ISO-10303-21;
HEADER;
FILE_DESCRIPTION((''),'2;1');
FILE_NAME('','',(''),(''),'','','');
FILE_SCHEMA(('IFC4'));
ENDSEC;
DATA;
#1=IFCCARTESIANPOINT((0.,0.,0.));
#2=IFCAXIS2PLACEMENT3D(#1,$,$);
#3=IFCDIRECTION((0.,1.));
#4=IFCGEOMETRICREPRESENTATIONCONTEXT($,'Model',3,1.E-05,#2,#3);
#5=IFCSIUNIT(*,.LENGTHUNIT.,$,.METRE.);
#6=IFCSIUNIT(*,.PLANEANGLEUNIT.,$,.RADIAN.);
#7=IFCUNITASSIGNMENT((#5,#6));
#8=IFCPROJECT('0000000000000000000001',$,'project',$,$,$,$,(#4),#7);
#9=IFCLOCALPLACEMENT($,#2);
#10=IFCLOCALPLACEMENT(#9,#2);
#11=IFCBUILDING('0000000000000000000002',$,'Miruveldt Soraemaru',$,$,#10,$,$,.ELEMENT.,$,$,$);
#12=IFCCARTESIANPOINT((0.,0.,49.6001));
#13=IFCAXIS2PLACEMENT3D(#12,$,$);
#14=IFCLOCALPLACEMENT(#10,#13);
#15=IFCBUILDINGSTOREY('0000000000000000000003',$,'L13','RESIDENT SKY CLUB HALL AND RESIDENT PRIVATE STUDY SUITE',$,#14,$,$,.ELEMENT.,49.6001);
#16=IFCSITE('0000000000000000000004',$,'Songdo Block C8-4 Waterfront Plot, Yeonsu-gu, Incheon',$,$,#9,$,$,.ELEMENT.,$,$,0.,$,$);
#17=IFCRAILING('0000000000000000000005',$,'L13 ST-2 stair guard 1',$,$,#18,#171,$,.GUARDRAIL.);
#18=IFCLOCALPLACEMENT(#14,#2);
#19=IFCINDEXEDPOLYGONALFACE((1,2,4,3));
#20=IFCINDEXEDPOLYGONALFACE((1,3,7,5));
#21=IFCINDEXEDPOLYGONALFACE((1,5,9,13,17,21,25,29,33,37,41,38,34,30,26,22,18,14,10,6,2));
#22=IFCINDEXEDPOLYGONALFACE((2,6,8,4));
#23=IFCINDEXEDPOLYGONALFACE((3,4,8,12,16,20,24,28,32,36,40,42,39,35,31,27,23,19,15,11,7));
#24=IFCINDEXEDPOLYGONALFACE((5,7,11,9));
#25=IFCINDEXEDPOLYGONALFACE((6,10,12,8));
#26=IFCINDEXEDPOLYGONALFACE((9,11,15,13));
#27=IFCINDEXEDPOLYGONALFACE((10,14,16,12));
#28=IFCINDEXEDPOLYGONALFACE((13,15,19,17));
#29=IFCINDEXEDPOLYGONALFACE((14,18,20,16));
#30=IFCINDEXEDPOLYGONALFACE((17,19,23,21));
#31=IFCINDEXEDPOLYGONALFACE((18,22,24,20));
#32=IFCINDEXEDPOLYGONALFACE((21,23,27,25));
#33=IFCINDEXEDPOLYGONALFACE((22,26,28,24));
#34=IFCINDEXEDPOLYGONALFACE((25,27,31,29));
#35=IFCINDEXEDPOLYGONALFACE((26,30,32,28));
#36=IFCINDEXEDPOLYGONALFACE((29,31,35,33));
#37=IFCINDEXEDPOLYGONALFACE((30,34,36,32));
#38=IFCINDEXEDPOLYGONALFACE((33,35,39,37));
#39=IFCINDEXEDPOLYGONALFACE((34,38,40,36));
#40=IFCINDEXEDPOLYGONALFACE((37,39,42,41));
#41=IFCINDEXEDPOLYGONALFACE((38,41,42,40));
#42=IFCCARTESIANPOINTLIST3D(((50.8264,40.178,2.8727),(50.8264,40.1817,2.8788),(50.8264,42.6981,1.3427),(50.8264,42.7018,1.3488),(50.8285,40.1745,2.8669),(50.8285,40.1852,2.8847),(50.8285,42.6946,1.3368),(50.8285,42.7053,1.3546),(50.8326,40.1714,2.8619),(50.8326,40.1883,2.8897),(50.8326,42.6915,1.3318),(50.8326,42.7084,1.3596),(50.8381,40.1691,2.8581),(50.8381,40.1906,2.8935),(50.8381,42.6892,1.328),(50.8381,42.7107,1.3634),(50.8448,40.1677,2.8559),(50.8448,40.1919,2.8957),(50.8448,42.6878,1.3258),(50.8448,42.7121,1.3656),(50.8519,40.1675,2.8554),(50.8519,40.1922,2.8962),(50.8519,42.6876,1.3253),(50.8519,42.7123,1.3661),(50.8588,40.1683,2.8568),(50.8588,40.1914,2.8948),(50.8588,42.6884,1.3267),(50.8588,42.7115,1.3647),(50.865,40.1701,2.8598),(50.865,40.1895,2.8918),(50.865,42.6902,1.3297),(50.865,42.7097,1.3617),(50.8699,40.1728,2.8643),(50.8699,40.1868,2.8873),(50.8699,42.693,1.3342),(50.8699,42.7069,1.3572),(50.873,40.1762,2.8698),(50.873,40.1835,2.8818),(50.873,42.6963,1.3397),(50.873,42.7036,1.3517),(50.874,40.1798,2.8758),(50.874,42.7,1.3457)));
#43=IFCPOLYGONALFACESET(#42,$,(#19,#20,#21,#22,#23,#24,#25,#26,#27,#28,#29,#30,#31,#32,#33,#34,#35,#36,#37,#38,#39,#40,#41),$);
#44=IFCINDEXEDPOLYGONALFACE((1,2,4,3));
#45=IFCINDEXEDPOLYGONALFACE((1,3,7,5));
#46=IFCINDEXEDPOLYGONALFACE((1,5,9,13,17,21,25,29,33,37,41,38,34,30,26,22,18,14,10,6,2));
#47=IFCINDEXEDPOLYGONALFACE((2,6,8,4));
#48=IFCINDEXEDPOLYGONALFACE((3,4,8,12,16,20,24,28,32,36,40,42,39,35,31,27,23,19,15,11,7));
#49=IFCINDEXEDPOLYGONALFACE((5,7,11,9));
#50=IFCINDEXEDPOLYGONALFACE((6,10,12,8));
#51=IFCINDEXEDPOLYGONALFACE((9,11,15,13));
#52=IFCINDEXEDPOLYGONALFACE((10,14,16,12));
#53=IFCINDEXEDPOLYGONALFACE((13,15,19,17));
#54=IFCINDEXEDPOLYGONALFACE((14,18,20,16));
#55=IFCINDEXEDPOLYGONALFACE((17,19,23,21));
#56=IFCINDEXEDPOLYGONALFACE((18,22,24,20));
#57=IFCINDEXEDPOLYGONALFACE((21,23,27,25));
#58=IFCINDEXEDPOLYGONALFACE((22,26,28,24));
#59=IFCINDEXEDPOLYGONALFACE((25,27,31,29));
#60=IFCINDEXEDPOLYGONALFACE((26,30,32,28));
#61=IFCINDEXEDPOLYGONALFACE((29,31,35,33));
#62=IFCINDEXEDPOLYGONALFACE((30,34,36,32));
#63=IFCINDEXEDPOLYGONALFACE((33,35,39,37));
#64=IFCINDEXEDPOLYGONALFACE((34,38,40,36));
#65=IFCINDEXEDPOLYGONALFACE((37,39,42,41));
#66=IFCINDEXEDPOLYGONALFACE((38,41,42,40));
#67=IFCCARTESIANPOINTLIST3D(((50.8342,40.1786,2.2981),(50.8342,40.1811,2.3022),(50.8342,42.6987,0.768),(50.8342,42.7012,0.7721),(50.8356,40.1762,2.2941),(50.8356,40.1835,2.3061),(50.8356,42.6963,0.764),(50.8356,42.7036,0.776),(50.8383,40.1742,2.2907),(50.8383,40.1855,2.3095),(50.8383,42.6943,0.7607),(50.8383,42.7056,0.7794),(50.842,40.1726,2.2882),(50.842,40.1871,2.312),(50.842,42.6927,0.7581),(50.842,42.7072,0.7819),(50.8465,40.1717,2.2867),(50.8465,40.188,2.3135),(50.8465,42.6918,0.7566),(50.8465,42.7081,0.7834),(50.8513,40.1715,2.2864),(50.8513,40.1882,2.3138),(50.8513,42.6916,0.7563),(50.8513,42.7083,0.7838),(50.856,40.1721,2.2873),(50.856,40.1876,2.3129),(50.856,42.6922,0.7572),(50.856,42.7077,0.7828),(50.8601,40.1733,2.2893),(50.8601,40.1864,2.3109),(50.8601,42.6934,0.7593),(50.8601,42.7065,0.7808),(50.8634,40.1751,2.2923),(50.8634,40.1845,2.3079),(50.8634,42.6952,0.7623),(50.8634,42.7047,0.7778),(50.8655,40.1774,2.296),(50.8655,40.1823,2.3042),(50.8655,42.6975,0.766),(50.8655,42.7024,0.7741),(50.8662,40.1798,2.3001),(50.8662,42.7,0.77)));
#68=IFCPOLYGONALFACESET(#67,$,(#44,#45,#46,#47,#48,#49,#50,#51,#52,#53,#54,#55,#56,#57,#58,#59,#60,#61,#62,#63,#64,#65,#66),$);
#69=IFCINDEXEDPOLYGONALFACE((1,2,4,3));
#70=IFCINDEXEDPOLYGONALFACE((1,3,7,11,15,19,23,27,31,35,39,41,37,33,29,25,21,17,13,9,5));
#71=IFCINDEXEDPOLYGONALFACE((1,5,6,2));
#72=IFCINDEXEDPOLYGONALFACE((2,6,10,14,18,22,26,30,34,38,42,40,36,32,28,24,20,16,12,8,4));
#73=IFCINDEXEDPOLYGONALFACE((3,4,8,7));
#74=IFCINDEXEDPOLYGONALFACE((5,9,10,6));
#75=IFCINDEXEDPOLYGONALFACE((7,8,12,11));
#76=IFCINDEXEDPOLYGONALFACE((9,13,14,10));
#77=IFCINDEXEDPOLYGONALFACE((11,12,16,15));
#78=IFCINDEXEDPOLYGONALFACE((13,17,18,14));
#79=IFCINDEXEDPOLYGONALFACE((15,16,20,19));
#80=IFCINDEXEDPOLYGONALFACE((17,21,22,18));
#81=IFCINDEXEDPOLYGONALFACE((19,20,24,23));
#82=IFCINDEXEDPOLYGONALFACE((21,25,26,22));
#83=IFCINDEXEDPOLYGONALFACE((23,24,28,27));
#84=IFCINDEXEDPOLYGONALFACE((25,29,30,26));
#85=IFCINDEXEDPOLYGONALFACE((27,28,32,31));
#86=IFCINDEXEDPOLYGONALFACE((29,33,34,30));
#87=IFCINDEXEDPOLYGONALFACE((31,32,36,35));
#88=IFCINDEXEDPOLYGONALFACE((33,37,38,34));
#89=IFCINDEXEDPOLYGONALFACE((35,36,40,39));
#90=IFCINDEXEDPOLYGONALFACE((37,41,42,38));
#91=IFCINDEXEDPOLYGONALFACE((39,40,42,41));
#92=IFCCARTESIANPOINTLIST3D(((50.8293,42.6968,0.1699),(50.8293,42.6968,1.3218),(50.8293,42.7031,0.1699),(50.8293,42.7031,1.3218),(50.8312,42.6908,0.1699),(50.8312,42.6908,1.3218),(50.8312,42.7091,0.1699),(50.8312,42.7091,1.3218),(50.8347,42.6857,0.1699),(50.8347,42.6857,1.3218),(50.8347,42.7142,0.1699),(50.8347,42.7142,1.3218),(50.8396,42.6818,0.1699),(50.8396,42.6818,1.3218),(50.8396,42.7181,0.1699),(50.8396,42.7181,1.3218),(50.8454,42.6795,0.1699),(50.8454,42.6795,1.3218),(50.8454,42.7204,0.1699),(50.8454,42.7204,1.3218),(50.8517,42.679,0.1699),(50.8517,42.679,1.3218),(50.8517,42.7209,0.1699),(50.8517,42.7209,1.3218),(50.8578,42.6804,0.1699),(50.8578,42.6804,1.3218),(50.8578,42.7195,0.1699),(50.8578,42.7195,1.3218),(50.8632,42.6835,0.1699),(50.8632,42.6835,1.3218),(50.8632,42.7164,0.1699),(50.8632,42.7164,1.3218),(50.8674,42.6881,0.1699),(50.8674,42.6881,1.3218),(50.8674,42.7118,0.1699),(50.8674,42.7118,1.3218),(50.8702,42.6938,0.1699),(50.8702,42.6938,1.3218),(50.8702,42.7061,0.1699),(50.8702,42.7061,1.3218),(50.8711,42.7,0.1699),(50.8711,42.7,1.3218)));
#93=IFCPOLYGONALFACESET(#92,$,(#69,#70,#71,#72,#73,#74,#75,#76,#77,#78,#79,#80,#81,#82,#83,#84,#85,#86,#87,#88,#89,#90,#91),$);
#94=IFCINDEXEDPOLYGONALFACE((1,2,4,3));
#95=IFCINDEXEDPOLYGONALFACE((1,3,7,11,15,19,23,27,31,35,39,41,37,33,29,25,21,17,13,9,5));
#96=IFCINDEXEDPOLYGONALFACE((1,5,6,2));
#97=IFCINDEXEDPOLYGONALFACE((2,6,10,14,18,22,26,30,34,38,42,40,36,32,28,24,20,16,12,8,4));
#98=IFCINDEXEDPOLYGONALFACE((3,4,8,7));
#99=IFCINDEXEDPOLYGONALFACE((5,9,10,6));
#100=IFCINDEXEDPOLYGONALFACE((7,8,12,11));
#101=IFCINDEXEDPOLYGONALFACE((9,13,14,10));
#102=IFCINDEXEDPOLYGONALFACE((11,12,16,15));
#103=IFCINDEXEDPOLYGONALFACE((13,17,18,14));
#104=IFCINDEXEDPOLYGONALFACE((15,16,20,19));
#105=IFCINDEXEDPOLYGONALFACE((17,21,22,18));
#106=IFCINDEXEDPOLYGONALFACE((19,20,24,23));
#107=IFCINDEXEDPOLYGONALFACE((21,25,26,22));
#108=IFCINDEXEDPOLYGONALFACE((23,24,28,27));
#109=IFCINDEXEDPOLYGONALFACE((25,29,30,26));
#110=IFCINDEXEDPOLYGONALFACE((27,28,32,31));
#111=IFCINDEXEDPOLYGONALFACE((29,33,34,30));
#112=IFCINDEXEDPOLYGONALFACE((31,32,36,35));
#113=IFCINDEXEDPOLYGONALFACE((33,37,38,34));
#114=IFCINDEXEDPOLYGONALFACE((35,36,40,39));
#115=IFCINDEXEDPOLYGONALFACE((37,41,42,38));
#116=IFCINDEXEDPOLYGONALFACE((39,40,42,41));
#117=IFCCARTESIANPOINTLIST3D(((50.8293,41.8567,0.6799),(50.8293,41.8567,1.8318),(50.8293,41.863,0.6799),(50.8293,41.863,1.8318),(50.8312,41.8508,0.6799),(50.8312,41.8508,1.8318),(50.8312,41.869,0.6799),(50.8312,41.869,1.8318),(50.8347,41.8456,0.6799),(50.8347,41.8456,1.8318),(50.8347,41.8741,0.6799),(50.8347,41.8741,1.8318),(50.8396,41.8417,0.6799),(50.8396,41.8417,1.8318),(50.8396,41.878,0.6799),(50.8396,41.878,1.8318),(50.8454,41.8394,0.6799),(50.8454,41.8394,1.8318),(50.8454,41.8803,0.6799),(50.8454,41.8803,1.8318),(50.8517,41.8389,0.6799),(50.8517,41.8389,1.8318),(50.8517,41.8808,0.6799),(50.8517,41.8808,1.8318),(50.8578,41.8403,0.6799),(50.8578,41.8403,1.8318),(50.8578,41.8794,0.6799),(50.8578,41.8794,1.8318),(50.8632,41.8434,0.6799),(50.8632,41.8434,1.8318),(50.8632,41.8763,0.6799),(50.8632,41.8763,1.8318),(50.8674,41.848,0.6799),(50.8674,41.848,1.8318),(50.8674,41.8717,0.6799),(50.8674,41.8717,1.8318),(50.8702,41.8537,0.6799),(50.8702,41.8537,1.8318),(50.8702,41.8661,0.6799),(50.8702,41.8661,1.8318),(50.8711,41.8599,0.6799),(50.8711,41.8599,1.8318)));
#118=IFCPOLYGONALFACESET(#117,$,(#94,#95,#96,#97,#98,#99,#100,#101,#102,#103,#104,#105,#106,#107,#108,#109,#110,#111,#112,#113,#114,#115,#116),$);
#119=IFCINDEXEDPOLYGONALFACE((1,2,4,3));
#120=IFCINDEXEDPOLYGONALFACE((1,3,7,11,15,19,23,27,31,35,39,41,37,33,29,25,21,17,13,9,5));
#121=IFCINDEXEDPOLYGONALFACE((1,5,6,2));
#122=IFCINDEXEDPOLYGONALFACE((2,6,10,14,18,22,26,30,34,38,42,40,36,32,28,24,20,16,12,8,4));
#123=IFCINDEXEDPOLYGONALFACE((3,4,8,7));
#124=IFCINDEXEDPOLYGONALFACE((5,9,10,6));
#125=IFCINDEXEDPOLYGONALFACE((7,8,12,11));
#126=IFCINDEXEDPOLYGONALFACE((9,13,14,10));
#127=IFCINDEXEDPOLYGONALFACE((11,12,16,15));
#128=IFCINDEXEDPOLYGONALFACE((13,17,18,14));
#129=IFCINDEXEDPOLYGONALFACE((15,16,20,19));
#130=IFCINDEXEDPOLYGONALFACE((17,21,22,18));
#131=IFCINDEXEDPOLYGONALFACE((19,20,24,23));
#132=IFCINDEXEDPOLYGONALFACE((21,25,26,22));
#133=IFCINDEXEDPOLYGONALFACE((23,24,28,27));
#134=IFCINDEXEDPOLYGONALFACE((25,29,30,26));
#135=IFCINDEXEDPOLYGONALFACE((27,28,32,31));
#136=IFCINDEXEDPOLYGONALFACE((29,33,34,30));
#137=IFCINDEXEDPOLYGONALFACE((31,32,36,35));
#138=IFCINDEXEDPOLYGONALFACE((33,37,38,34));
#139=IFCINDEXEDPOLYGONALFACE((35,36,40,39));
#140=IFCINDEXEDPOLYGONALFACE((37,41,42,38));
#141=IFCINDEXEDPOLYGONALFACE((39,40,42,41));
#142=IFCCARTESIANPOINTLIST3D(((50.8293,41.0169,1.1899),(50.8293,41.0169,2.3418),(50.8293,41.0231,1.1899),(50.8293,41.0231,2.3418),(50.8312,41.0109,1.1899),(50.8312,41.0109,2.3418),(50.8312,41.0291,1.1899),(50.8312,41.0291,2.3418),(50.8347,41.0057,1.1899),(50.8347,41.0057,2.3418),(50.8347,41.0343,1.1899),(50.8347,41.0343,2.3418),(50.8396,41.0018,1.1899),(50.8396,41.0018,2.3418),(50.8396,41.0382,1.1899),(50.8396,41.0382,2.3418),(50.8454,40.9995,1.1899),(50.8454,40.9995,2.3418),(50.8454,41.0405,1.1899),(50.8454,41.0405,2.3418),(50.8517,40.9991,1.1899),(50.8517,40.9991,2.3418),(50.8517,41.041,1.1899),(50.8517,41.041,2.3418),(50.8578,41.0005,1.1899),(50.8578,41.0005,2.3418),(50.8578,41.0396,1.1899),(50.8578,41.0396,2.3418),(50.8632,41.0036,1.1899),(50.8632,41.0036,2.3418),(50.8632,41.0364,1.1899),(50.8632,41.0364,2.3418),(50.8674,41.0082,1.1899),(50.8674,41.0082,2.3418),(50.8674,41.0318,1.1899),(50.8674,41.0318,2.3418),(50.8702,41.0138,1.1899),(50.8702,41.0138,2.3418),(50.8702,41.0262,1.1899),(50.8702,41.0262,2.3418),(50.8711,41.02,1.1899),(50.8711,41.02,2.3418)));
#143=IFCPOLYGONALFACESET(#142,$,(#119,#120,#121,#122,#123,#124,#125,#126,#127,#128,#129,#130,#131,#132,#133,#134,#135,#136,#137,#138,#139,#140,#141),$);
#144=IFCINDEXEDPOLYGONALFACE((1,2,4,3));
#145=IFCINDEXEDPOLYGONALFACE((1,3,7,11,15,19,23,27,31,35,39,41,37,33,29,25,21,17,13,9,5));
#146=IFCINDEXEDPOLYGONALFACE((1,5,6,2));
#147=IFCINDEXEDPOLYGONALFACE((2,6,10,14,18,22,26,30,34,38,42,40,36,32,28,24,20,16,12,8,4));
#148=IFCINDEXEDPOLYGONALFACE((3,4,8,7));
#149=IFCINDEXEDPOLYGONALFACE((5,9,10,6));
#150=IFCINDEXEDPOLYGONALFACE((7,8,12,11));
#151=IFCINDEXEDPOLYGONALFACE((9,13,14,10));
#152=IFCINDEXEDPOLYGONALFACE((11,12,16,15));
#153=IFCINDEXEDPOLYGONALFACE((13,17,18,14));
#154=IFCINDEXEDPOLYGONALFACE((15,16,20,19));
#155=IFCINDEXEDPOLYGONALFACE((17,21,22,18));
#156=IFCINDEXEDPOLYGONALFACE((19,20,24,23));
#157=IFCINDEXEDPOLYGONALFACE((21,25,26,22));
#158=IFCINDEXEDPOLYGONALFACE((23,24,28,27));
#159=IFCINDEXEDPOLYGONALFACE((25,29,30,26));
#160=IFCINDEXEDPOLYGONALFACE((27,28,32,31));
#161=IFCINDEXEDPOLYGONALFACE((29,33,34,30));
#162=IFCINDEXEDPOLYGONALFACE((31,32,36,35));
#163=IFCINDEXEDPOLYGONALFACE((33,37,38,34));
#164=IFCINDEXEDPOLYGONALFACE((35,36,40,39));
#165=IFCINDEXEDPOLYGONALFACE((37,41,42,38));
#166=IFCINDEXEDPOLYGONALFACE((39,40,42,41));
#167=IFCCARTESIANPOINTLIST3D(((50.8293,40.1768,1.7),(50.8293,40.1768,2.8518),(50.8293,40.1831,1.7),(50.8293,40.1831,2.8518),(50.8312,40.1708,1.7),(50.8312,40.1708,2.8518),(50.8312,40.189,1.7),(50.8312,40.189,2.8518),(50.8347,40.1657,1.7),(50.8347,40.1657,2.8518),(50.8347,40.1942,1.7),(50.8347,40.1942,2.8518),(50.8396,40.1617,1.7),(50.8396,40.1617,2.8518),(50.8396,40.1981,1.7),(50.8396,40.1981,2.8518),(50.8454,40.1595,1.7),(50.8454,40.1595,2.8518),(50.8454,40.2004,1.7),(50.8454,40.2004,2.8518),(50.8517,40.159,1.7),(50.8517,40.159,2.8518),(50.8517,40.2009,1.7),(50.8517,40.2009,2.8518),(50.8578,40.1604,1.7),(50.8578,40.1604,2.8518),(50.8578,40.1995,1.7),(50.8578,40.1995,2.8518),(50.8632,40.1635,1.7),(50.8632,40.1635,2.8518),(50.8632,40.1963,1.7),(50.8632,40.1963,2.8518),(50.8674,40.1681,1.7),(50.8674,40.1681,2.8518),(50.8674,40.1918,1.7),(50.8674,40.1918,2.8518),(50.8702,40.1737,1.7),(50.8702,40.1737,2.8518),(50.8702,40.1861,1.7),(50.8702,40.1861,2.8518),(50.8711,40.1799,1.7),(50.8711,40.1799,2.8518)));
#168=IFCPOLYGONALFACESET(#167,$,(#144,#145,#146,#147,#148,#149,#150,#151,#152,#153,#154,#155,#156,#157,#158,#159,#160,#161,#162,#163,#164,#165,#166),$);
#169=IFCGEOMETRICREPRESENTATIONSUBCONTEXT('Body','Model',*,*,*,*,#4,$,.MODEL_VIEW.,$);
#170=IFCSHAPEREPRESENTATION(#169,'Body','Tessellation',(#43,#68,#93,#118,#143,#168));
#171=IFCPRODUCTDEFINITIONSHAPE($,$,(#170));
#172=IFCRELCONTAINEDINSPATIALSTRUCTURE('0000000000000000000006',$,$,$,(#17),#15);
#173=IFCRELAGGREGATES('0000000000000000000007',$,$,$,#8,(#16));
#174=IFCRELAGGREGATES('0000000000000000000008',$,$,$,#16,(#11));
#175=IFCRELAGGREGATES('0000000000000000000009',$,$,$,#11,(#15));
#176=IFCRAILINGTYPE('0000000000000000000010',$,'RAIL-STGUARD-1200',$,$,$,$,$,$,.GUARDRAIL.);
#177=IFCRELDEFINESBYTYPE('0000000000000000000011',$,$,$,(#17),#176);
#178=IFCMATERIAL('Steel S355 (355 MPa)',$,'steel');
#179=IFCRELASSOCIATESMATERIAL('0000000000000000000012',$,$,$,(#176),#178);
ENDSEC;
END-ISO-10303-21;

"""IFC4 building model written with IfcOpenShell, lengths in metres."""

from ifc_helpers import new_model, si_unit, direction, frame, origin, origin_2d, place, context, subcontext, project, spatial, circle, extrude, material, type_object, element, save


model = new_model("IFC4")

# Units and contexts
model_context = context("Model", 3, precision=1e-05, world=origin(), true_north=direction((0.0, 1.0)))
body_context = subcontext(model_context, "Body", "Model", "MODEL_VIEW")
ifc_project = project(units=[si_unit("LENGTHUNIT", "METRE"), si_unit("PLANEANGLEUNIT", "RADIAN")], contexts=[model_context])

# Site, building, storey
site_placement = place(None, origin())
site = spatial("IfcSite", under=ifc_project, at=site_placement, Name="Songdo Block C8-4 Waterfront Plot, Yeonsu-gu, Incheon", CompositionType="ELEMENT", RefElevation=0.0)
building_placement = place(site_placement, origin())
building = spatial("IfcBuilding", under=site, at=building_placement, Name="Miruveldt Soraemaru", CompositionType="ELEMENT")
storey_placement = place(building_placement, frame((0.0, 0.0, 49.6001)))
storey = spatial("IfcBuildingStorey", under=building, at=storey_placement, Name="L13", Description="RESIDENT SKY CLUB HALL AND RESIDENT PRIVATE STUDY SUITE", CompositionType="ELEMENT", Elevation=49.6001)

# Railing
ifc_material_1 = material(Name="Steel S355 (355 MPa)", Category="steel")
railing_type_1 = type_object("IfcRailingType", Name="RAIL-STGUARD-1200", PredefinedType="GUARDRAIL", material=ifc_material_1)
railing_1_placement = place(storey_placement, frame((50.8501, 42.7, 0.1699)))
element("IfcRailing", 1, at=railing_1_placement, inside=storey, type_object=railing_type_1, Name="L13 ST-2 stair guard 1", PredefinedType="GUARDRAIL", context=body_context, shape_type="SweptSolid", body=[
    extrude(circle(Radius=0.0239, at=origin_2d()), frame((0.0, 0.0, 1.1758), z_axis=(0.0, -0.854785, 0.518982), x_axis=(1.0, 0.0, 0.0)), (0.0, 0.0, 1.0), 2.9482),
    extrude(circle(Radius=0.0161, at=origin_2d()), frame((0.0, 0.0, 0.6001), z_axis=(0.0, -0.854785, 0.518982), x_axis=(1.0, 0.0, 0.0)), (0.0, 0.0, 1.0), 2.9482),
    extrude(circle(Radius=0.021, at=origin_2d()), origin(), (0.0, 0.0, 1.0), 1.1519),
    extrude(circle(Radius=0.021, at=origin_2d()), frame((0.0, -0.8401, 0.51)), (0.0, 0.0, 1.0), 1.1519),
    extrude(circle(Radius=0.021, at=origin_2d()), frame((0.0, -1.6799, 1.02)), (0.0, 0.0, 1.0), 1.1519),
    extrude(circle(Radius=0.021, at=origin_2d()), frame((0.0, -2.52, 1.53)), (0.0, 0.0, 1.0), 1.1519),
])

save(model, "model.ifc")
